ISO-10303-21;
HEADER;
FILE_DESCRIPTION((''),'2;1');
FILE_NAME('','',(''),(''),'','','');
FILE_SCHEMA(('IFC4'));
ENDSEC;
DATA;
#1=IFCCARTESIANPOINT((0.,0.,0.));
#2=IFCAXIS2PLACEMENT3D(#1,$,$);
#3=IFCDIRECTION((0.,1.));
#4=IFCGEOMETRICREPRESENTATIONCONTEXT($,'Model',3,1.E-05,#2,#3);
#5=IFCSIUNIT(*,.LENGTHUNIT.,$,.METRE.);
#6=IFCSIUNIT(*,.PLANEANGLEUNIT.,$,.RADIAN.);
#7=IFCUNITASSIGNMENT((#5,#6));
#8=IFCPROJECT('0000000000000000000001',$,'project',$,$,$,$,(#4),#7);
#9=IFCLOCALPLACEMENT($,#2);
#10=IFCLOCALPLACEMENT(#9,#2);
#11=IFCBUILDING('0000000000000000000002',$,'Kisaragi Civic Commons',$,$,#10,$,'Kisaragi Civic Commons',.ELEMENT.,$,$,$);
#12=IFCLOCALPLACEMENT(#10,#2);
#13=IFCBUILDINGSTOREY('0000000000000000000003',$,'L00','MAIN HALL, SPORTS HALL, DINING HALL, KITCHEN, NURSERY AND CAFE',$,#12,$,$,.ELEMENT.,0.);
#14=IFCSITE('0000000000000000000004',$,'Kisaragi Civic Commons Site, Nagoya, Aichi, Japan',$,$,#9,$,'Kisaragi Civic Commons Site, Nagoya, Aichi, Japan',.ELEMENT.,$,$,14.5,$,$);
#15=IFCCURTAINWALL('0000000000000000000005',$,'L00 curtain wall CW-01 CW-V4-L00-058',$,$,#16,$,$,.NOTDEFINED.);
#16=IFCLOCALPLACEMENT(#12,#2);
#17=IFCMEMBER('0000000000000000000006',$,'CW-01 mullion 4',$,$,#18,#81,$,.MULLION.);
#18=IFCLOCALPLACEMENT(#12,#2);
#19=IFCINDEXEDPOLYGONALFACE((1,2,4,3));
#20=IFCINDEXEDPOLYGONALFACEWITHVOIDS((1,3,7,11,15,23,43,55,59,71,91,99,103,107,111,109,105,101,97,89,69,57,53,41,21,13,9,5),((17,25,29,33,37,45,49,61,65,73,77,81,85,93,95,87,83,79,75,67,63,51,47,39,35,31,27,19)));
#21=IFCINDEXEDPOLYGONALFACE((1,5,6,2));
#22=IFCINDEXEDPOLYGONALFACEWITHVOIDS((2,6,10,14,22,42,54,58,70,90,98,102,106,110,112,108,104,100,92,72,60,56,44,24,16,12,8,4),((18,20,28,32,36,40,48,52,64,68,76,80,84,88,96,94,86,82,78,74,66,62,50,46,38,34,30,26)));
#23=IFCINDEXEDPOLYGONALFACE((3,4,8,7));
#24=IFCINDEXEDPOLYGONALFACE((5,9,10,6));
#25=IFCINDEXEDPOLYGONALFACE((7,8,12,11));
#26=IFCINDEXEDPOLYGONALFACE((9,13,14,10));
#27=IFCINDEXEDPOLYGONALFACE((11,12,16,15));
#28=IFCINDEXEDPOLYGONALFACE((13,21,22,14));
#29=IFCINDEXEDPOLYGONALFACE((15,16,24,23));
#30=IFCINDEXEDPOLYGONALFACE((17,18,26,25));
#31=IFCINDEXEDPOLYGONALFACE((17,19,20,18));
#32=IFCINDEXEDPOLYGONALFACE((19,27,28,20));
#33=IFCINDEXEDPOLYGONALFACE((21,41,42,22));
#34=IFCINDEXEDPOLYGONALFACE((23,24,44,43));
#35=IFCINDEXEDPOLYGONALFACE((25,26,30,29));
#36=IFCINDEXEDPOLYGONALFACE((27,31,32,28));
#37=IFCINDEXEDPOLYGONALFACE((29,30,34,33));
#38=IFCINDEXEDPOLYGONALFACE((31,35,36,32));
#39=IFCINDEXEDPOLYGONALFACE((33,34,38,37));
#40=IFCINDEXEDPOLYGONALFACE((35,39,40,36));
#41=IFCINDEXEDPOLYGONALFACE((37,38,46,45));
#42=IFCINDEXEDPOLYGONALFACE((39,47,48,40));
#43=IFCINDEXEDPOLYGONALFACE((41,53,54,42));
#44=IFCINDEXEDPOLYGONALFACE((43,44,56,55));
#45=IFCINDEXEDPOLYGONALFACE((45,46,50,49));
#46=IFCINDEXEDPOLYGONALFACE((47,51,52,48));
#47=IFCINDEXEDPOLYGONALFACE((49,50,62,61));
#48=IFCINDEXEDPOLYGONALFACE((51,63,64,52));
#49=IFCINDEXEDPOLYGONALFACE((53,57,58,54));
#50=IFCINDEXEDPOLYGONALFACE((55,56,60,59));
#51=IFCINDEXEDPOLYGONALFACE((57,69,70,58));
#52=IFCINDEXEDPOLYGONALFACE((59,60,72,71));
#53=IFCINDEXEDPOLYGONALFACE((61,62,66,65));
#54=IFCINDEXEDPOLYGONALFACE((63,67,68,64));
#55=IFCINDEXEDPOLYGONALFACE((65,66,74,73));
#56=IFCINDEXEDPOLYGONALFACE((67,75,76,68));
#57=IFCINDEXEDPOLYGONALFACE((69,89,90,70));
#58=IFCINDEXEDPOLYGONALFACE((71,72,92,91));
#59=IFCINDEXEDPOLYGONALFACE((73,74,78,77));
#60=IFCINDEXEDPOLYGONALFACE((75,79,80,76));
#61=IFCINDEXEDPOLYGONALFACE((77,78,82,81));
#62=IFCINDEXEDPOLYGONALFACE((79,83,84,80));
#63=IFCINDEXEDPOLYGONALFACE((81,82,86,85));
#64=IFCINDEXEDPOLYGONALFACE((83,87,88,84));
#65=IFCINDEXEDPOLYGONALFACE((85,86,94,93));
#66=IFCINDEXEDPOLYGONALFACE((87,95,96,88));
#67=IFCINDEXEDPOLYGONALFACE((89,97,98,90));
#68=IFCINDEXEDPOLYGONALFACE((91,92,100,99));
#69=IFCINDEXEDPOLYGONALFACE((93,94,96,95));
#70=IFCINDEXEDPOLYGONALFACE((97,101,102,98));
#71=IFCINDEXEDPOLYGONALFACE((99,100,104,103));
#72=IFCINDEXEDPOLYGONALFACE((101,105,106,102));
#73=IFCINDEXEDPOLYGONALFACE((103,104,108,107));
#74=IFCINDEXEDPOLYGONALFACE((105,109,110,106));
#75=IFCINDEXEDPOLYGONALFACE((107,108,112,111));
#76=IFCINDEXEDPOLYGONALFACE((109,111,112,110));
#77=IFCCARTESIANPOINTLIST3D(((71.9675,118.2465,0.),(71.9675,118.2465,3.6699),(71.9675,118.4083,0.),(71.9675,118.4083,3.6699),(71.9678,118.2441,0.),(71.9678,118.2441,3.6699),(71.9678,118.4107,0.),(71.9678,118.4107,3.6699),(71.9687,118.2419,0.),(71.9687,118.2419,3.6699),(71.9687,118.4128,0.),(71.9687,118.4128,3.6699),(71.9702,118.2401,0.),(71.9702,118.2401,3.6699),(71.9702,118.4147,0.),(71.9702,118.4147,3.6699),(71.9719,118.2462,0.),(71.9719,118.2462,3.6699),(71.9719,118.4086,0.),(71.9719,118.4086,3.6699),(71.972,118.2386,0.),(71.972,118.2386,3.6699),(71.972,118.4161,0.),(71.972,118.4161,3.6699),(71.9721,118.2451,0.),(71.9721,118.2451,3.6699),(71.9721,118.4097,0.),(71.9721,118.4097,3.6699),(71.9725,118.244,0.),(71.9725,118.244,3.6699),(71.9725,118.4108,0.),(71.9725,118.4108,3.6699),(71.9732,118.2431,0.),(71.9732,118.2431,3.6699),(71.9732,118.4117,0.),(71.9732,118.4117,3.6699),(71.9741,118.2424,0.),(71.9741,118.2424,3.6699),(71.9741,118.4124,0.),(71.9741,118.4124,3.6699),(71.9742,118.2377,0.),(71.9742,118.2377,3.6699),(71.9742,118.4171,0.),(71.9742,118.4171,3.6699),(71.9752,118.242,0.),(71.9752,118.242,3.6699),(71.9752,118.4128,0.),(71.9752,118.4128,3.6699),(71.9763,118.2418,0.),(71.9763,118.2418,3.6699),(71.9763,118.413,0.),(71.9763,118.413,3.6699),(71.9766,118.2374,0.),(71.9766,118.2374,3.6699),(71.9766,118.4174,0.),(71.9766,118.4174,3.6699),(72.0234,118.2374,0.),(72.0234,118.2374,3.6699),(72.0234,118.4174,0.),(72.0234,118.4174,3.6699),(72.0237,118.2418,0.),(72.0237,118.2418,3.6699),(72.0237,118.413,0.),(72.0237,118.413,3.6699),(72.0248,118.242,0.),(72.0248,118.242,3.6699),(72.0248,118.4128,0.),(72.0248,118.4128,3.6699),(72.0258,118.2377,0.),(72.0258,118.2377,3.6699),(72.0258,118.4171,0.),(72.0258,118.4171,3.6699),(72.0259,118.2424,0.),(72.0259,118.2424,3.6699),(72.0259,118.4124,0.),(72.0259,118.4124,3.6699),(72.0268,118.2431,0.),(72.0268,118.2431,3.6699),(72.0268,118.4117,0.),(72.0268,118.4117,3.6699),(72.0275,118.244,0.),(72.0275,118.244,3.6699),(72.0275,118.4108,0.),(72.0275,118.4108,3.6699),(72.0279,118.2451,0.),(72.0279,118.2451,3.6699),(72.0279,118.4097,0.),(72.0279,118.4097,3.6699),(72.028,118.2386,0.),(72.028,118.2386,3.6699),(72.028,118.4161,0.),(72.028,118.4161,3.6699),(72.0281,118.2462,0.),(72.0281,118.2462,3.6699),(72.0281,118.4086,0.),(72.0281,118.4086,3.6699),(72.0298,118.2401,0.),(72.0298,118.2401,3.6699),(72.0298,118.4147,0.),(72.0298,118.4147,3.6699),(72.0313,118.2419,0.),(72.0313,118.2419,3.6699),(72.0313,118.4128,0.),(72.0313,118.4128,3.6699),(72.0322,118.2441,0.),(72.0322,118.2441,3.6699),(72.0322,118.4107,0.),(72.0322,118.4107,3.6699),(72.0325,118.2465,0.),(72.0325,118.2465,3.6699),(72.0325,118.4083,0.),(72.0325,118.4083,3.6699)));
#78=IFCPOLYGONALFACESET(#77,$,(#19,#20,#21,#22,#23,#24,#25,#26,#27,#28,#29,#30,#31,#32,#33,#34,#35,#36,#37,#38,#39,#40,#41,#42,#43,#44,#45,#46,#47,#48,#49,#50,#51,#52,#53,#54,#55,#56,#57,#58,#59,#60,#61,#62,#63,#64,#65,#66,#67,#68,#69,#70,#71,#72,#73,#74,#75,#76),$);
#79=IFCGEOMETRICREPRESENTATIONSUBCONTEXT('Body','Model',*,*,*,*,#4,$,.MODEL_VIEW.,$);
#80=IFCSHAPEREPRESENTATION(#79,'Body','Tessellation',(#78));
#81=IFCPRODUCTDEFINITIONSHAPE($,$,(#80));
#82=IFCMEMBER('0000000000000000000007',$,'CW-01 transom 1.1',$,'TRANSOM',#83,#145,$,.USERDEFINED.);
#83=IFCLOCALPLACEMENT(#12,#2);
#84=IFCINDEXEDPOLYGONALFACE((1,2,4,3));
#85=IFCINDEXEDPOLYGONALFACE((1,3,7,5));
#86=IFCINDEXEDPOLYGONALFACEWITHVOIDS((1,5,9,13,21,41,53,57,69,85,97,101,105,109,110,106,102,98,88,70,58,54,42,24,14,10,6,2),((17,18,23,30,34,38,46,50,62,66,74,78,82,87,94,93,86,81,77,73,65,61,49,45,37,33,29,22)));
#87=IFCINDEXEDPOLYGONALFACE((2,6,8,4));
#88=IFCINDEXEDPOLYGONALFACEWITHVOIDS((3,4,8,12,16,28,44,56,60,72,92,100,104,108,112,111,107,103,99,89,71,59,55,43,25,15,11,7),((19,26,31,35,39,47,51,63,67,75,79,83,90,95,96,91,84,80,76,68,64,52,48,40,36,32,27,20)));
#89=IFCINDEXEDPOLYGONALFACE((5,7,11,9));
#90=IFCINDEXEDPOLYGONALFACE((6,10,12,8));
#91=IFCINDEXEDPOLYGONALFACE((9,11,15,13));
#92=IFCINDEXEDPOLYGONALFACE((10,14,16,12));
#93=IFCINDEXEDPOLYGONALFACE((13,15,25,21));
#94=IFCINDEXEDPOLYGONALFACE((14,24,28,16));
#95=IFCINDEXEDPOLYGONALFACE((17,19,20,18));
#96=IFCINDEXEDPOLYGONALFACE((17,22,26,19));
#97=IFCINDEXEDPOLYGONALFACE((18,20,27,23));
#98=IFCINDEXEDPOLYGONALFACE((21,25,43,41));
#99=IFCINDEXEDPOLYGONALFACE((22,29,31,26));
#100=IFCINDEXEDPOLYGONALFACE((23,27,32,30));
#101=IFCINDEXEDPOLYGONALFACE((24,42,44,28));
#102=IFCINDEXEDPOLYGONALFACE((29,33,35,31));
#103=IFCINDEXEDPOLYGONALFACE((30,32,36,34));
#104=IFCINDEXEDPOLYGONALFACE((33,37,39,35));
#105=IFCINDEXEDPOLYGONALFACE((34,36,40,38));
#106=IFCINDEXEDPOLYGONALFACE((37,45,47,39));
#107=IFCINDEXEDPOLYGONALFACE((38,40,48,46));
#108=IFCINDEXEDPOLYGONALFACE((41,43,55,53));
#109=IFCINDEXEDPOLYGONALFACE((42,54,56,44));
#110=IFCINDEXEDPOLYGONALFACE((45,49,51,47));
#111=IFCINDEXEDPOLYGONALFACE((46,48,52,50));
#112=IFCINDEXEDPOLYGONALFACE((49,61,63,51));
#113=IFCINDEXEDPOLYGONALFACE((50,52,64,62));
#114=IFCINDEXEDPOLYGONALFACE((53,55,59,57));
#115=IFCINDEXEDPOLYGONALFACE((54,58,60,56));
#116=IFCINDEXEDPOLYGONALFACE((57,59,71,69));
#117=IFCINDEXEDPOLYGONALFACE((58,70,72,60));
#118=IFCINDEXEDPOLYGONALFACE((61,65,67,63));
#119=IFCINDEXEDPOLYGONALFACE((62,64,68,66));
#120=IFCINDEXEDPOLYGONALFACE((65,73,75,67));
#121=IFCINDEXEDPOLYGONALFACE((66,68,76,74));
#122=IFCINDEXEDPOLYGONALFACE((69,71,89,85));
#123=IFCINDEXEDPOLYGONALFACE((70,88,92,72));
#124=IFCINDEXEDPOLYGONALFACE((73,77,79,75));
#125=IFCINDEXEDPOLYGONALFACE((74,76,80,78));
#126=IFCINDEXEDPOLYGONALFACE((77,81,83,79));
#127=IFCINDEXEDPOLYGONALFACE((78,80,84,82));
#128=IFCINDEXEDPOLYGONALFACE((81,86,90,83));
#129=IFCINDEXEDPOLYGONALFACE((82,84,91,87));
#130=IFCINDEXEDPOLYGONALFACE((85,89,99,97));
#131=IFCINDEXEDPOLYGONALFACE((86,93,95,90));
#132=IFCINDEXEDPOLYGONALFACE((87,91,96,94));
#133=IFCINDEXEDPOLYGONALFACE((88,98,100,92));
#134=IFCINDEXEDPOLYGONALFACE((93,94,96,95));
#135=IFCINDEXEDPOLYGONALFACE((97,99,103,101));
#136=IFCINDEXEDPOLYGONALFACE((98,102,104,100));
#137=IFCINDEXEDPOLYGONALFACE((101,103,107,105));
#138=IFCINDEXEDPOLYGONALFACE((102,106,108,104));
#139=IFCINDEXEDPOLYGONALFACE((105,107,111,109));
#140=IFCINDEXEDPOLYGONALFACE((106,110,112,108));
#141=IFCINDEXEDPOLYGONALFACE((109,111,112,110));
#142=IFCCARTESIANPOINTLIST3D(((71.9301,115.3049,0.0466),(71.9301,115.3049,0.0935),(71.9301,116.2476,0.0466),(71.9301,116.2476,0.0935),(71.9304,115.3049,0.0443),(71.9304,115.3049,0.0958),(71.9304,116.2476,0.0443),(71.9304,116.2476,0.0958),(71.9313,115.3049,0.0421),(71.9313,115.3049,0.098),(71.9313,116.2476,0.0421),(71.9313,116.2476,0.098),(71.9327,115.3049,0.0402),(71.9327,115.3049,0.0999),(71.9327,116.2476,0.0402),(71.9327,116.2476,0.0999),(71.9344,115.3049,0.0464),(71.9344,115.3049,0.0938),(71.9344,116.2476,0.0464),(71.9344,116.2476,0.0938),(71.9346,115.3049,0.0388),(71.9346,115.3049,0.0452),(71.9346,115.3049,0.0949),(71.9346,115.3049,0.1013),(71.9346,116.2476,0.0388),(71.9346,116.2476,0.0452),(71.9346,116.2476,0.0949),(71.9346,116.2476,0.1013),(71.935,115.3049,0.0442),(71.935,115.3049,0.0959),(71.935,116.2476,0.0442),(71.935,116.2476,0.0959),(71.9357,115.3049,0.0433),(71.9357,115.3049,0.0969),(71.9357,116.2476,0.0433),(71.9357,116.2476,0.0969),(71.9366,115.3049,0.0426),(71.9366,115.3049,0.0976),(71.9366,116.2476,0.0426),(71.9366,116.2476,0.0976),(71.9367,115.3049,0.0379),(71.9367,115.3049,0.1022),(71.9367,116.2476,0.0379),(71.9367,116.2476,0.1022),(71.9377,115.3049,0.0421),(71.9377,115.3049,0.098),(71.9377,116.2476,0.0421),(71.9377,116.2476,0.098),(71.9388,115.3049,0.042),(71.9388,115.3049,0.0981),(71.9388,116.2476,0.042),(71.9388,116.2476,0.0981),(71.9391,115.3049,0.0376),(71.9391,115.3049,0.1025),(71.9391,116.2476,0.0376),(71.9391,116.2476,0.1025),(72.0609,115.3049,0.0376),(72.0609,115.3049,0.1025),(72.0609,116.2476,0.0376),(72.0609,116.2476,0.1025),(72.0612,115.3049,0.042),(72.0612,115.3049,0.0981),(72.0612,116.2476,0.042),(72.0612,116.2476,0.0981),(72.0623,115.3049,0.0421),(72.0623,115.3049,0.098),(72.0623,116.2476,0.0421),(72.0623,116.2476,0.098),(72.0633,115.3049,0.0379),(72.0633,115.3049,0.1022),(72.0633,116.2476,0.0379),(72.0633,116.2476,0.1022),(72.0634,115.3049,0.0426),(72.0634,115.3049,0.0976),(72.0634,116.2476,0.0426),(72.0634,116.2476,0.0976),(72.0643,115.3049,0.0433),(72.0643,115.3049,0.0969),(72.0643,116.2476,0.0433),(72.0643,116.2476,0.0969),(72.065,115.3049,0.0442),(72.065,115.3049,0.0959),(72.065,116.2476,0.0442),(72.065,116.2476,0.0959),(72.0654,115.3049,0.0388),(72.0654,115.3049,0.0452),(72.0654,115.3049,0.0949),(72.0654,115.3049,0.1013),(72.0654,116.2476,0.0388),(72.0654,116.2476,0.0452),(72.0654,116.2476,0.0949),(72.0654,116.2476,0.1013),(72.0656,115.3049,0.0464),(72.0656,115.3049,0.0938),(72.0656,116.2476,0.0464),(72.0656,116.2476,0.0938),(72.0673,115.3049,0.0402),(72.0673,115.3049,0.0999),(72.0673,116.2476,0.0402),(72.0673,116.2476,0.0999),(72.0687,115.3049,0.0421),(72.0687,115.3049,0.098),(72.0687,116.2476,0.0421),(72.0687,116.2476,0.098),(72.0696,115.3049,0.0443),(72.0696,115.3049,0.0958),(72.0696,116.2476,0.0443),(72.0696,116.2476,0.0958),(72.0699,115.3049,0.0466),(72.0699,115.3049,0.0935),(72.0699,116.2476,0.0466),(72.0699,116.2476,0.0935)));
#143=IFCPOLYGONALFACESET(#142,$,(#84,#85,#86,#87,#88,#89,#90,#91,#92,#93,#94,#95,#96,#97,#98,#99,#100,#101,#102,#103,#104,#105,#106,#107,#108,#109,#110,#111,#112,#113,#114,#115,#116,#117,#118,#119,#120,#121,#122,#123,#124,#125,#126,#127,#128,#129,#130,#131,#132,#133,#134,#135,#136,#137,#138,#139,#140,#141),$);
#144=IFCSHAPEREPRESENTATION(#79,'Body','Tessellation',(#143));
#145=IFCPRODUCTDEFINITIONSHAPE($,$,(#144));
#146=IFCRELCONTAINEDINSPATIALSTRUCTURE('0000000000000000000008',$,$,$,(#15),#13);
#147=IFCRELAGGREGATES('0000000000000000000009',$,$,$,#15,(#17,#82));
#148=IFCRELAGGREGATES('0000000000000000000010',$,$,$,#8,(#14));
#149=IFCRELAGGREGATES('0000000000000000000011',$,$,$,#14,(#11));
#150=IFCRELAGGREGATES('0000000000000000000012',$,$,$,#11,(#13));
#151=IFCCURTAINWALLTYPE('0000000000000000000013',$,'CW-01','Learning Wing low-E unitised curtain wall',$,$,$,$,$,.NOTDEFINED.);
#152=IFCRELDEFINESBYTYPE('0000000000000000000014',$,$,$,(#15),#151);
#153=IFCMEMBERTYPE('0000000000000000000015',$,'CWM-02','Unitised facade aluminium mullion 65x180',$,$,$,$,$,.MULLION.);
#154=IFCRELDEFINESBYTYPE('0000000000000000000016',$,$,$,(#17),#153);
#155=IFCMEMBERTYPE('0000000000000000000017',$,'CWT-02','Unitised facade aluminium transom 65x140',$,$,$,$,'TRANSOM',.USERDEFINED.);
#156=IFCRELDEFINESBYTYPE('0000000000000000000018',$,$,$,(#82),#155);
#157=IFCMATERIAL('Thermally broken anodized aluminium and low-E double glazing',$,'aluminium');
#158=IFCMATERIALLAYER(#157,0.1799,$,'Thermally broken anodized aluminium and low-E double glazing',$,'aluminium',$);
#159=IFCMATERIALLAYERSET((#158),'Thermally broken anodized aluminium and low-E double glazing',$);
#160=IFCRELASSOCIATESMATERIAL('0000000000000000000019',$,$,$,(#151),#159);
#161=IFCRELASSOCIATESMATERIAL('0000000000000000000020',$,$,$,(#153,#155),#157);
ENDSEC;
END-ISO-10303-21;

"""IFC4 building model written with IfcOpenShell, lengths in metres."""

from ifc_helpers import new_model, si_unit, direction, frame, origin, origin_2d, place, context, subcontext, project, spatial, hollow_rectangle, extrude, material, layer, layer_set, material_profile, profile_set, type_object, element, aggregate, save


model = new_model("IFC4")

# Units and contexts
model_context = context("Model", 3, precision=1e-05, world=origin(), true_north=direction((0.0, 1.0)))
body_context = subcontext(model_context, "Body", "Model", "MODEL_VIEW")
ifc_project = project(units=[si_unit("LENGTHUNIT", "METRE"), si_unit("PLANEANGLEUNIT", "RADIAN")], contexts=[model_context])

# Site, building, storey
site_placement = place(None, origin())
site = spatial("IfcSite", under=ifc_project, at=site_placement, Name="Kisaragi Civic Commons Site, Nagoya, Aichi, Japan", LongName="Kisaragi Civic Commons Site, Nagoya, Aichi, Japan", CompositionType="ELEMENT", RefElevation=14.5)
building_placement = place(site_placement, origin())
building = spatial("IfcBuilding", under=site, at=building_placement, Name="Kisaragi Civic Commons", LongName="Kisaragi Civic Commons", CompositionType="ELEMENT")
storey_placement = place(building_placement, origin())
storey = spatial("IfcBuildingStorey", under=building, at=storey_placement, Name="L00", Description="MAIN HALL, SPORTS HALL, DINING HALL, KITCHEN, NURSERY AND CAFE", CompositionType="ELEMENT", Elevation=0.0)

# Shared definitions
ifc_material_1 = material(Name="Thermally broken anodized aluminium and low-E double glazing", Category="aluminium")
ifc_layer_1 = layer(ifc_material_1, 0.1799, Name="Thermally broken anodized aluminium and low-E double glazing", Category="aluminium")
ifc_layer_set_1 = layer_set([ifc_layer_1], Name="Thermally broken anodized aluminium and low-E double glazing")
curtain_wall_type = type_object("IfcCurtainWallType", Name="CW-01", Description="Learning Wing low-E unitised curtain wall", PredefinedType="NOTDEFINED", material=ifc_layer_set_1)
ifc_material_profile_1 = material_profile(ifc_material_1, hollow_rectangle(XDim=0.0649, YDim=0.1799, WallThickness=0.0044, InnerFilletRadius=0.0044, OuterFilletRadius=0.009, at=origin_2d()), Name="CWM-65x180x4.5", Category="aluminium")
ifc_profile_set_1 = profile_set([ifc_material_profile_1], Name="Thermally broken anodized aluminium and low-E double glazing")
member_type_1 = type_object("IfcMemberType", Name="CWM-02", Description="Unitised facade aluminium mullion 65x180", PredefinedType="MULLION", material=ifc_profile_set_1)

# Curtain wall, members
curtain_wall_1_placement = place(storey_placement, origin())
curtain_wall_1 = element("IfcCurtainWall", 1, at=curtain_wall_1_placement, inside=storey, type_object=curtain_wall_type, Name="L00 curtain wall CW-01 CW-V4-L00-058", PredefinedType="NOTDEFINED")
member_1_placement = place(storey_placement, frame((72.0, 118.3274, 0.0), z_axis=(0.0, 0.0, 1.0), x_axis=(-1.0, 0.0, 0.0)))
member_1 = element("IfcMember", 2, at=member_1_placement, type_object=member_type_1, Name="CW-01 mullion 4", PredefinedType="MULLION", context=body_context, shape_type="SweptSolid", body=[
    extrude(hollow_rectangle(XDim=0.0649, YDim=0.1799, WallThickness=0.0044, InnerFilletRadius=0.0044, OuterFilletRadius=0.009, at=origin_2d()), origin(), (0.0, 0.0, 1.0), 3.6699),
])
ifc_material_profile_2 = material_profile(ifc_material_1, hollow_rectangle(XDim=0.1399, YDim=0.0649, WallThickness=0.0044, InnerFilletRadius=0.0044, OuterFilletRadius=0.009, at=origin_2d()), Name="CWT-65x140x4.5", Category="aluminium")
ifc_profile_set_2 = profile_set([ifc_material_profile_2], Name="Thermally broken anodized aluminium and low-E double glazing")
member_type_2 = type_object("IfcMemberType", Name="CWT-02", Description="Unitised facade aluminium transom 65x140", ElementType="TRANSOM", PredefinedType="USERDEFINED", material=ifc_profile_set_2)
member_2_placement = place(storey_placement, frame((72.0, 115.3049, 0.0701), z_axis=(0.0, 1.0, 0.0), x_axis=(-1.0, 0.0, 0.0)))
member_2 = element("IfcMember", 3, at=member_2_placement, type_object=member_type_2, Name="CW-01 transom 1.1", ObjectType="TRANSOM", PredefinedType="USERDEFINED", context=body_context, shape_type="SweptSolid", body=[
    extrude(hollow_rectangle(XDim=0.1399, YDim=0.0649, WallThickness=0.0044, InnerFilletRadius=0.0044, OuterFilletRadius=0.009, at=origin_2d()), origin(), (0.0, 0.0, 1.0), 0.9426),
])

aggregate(curtain_wall_1, [member_1, member_2])

save(model, "model.ifc")
